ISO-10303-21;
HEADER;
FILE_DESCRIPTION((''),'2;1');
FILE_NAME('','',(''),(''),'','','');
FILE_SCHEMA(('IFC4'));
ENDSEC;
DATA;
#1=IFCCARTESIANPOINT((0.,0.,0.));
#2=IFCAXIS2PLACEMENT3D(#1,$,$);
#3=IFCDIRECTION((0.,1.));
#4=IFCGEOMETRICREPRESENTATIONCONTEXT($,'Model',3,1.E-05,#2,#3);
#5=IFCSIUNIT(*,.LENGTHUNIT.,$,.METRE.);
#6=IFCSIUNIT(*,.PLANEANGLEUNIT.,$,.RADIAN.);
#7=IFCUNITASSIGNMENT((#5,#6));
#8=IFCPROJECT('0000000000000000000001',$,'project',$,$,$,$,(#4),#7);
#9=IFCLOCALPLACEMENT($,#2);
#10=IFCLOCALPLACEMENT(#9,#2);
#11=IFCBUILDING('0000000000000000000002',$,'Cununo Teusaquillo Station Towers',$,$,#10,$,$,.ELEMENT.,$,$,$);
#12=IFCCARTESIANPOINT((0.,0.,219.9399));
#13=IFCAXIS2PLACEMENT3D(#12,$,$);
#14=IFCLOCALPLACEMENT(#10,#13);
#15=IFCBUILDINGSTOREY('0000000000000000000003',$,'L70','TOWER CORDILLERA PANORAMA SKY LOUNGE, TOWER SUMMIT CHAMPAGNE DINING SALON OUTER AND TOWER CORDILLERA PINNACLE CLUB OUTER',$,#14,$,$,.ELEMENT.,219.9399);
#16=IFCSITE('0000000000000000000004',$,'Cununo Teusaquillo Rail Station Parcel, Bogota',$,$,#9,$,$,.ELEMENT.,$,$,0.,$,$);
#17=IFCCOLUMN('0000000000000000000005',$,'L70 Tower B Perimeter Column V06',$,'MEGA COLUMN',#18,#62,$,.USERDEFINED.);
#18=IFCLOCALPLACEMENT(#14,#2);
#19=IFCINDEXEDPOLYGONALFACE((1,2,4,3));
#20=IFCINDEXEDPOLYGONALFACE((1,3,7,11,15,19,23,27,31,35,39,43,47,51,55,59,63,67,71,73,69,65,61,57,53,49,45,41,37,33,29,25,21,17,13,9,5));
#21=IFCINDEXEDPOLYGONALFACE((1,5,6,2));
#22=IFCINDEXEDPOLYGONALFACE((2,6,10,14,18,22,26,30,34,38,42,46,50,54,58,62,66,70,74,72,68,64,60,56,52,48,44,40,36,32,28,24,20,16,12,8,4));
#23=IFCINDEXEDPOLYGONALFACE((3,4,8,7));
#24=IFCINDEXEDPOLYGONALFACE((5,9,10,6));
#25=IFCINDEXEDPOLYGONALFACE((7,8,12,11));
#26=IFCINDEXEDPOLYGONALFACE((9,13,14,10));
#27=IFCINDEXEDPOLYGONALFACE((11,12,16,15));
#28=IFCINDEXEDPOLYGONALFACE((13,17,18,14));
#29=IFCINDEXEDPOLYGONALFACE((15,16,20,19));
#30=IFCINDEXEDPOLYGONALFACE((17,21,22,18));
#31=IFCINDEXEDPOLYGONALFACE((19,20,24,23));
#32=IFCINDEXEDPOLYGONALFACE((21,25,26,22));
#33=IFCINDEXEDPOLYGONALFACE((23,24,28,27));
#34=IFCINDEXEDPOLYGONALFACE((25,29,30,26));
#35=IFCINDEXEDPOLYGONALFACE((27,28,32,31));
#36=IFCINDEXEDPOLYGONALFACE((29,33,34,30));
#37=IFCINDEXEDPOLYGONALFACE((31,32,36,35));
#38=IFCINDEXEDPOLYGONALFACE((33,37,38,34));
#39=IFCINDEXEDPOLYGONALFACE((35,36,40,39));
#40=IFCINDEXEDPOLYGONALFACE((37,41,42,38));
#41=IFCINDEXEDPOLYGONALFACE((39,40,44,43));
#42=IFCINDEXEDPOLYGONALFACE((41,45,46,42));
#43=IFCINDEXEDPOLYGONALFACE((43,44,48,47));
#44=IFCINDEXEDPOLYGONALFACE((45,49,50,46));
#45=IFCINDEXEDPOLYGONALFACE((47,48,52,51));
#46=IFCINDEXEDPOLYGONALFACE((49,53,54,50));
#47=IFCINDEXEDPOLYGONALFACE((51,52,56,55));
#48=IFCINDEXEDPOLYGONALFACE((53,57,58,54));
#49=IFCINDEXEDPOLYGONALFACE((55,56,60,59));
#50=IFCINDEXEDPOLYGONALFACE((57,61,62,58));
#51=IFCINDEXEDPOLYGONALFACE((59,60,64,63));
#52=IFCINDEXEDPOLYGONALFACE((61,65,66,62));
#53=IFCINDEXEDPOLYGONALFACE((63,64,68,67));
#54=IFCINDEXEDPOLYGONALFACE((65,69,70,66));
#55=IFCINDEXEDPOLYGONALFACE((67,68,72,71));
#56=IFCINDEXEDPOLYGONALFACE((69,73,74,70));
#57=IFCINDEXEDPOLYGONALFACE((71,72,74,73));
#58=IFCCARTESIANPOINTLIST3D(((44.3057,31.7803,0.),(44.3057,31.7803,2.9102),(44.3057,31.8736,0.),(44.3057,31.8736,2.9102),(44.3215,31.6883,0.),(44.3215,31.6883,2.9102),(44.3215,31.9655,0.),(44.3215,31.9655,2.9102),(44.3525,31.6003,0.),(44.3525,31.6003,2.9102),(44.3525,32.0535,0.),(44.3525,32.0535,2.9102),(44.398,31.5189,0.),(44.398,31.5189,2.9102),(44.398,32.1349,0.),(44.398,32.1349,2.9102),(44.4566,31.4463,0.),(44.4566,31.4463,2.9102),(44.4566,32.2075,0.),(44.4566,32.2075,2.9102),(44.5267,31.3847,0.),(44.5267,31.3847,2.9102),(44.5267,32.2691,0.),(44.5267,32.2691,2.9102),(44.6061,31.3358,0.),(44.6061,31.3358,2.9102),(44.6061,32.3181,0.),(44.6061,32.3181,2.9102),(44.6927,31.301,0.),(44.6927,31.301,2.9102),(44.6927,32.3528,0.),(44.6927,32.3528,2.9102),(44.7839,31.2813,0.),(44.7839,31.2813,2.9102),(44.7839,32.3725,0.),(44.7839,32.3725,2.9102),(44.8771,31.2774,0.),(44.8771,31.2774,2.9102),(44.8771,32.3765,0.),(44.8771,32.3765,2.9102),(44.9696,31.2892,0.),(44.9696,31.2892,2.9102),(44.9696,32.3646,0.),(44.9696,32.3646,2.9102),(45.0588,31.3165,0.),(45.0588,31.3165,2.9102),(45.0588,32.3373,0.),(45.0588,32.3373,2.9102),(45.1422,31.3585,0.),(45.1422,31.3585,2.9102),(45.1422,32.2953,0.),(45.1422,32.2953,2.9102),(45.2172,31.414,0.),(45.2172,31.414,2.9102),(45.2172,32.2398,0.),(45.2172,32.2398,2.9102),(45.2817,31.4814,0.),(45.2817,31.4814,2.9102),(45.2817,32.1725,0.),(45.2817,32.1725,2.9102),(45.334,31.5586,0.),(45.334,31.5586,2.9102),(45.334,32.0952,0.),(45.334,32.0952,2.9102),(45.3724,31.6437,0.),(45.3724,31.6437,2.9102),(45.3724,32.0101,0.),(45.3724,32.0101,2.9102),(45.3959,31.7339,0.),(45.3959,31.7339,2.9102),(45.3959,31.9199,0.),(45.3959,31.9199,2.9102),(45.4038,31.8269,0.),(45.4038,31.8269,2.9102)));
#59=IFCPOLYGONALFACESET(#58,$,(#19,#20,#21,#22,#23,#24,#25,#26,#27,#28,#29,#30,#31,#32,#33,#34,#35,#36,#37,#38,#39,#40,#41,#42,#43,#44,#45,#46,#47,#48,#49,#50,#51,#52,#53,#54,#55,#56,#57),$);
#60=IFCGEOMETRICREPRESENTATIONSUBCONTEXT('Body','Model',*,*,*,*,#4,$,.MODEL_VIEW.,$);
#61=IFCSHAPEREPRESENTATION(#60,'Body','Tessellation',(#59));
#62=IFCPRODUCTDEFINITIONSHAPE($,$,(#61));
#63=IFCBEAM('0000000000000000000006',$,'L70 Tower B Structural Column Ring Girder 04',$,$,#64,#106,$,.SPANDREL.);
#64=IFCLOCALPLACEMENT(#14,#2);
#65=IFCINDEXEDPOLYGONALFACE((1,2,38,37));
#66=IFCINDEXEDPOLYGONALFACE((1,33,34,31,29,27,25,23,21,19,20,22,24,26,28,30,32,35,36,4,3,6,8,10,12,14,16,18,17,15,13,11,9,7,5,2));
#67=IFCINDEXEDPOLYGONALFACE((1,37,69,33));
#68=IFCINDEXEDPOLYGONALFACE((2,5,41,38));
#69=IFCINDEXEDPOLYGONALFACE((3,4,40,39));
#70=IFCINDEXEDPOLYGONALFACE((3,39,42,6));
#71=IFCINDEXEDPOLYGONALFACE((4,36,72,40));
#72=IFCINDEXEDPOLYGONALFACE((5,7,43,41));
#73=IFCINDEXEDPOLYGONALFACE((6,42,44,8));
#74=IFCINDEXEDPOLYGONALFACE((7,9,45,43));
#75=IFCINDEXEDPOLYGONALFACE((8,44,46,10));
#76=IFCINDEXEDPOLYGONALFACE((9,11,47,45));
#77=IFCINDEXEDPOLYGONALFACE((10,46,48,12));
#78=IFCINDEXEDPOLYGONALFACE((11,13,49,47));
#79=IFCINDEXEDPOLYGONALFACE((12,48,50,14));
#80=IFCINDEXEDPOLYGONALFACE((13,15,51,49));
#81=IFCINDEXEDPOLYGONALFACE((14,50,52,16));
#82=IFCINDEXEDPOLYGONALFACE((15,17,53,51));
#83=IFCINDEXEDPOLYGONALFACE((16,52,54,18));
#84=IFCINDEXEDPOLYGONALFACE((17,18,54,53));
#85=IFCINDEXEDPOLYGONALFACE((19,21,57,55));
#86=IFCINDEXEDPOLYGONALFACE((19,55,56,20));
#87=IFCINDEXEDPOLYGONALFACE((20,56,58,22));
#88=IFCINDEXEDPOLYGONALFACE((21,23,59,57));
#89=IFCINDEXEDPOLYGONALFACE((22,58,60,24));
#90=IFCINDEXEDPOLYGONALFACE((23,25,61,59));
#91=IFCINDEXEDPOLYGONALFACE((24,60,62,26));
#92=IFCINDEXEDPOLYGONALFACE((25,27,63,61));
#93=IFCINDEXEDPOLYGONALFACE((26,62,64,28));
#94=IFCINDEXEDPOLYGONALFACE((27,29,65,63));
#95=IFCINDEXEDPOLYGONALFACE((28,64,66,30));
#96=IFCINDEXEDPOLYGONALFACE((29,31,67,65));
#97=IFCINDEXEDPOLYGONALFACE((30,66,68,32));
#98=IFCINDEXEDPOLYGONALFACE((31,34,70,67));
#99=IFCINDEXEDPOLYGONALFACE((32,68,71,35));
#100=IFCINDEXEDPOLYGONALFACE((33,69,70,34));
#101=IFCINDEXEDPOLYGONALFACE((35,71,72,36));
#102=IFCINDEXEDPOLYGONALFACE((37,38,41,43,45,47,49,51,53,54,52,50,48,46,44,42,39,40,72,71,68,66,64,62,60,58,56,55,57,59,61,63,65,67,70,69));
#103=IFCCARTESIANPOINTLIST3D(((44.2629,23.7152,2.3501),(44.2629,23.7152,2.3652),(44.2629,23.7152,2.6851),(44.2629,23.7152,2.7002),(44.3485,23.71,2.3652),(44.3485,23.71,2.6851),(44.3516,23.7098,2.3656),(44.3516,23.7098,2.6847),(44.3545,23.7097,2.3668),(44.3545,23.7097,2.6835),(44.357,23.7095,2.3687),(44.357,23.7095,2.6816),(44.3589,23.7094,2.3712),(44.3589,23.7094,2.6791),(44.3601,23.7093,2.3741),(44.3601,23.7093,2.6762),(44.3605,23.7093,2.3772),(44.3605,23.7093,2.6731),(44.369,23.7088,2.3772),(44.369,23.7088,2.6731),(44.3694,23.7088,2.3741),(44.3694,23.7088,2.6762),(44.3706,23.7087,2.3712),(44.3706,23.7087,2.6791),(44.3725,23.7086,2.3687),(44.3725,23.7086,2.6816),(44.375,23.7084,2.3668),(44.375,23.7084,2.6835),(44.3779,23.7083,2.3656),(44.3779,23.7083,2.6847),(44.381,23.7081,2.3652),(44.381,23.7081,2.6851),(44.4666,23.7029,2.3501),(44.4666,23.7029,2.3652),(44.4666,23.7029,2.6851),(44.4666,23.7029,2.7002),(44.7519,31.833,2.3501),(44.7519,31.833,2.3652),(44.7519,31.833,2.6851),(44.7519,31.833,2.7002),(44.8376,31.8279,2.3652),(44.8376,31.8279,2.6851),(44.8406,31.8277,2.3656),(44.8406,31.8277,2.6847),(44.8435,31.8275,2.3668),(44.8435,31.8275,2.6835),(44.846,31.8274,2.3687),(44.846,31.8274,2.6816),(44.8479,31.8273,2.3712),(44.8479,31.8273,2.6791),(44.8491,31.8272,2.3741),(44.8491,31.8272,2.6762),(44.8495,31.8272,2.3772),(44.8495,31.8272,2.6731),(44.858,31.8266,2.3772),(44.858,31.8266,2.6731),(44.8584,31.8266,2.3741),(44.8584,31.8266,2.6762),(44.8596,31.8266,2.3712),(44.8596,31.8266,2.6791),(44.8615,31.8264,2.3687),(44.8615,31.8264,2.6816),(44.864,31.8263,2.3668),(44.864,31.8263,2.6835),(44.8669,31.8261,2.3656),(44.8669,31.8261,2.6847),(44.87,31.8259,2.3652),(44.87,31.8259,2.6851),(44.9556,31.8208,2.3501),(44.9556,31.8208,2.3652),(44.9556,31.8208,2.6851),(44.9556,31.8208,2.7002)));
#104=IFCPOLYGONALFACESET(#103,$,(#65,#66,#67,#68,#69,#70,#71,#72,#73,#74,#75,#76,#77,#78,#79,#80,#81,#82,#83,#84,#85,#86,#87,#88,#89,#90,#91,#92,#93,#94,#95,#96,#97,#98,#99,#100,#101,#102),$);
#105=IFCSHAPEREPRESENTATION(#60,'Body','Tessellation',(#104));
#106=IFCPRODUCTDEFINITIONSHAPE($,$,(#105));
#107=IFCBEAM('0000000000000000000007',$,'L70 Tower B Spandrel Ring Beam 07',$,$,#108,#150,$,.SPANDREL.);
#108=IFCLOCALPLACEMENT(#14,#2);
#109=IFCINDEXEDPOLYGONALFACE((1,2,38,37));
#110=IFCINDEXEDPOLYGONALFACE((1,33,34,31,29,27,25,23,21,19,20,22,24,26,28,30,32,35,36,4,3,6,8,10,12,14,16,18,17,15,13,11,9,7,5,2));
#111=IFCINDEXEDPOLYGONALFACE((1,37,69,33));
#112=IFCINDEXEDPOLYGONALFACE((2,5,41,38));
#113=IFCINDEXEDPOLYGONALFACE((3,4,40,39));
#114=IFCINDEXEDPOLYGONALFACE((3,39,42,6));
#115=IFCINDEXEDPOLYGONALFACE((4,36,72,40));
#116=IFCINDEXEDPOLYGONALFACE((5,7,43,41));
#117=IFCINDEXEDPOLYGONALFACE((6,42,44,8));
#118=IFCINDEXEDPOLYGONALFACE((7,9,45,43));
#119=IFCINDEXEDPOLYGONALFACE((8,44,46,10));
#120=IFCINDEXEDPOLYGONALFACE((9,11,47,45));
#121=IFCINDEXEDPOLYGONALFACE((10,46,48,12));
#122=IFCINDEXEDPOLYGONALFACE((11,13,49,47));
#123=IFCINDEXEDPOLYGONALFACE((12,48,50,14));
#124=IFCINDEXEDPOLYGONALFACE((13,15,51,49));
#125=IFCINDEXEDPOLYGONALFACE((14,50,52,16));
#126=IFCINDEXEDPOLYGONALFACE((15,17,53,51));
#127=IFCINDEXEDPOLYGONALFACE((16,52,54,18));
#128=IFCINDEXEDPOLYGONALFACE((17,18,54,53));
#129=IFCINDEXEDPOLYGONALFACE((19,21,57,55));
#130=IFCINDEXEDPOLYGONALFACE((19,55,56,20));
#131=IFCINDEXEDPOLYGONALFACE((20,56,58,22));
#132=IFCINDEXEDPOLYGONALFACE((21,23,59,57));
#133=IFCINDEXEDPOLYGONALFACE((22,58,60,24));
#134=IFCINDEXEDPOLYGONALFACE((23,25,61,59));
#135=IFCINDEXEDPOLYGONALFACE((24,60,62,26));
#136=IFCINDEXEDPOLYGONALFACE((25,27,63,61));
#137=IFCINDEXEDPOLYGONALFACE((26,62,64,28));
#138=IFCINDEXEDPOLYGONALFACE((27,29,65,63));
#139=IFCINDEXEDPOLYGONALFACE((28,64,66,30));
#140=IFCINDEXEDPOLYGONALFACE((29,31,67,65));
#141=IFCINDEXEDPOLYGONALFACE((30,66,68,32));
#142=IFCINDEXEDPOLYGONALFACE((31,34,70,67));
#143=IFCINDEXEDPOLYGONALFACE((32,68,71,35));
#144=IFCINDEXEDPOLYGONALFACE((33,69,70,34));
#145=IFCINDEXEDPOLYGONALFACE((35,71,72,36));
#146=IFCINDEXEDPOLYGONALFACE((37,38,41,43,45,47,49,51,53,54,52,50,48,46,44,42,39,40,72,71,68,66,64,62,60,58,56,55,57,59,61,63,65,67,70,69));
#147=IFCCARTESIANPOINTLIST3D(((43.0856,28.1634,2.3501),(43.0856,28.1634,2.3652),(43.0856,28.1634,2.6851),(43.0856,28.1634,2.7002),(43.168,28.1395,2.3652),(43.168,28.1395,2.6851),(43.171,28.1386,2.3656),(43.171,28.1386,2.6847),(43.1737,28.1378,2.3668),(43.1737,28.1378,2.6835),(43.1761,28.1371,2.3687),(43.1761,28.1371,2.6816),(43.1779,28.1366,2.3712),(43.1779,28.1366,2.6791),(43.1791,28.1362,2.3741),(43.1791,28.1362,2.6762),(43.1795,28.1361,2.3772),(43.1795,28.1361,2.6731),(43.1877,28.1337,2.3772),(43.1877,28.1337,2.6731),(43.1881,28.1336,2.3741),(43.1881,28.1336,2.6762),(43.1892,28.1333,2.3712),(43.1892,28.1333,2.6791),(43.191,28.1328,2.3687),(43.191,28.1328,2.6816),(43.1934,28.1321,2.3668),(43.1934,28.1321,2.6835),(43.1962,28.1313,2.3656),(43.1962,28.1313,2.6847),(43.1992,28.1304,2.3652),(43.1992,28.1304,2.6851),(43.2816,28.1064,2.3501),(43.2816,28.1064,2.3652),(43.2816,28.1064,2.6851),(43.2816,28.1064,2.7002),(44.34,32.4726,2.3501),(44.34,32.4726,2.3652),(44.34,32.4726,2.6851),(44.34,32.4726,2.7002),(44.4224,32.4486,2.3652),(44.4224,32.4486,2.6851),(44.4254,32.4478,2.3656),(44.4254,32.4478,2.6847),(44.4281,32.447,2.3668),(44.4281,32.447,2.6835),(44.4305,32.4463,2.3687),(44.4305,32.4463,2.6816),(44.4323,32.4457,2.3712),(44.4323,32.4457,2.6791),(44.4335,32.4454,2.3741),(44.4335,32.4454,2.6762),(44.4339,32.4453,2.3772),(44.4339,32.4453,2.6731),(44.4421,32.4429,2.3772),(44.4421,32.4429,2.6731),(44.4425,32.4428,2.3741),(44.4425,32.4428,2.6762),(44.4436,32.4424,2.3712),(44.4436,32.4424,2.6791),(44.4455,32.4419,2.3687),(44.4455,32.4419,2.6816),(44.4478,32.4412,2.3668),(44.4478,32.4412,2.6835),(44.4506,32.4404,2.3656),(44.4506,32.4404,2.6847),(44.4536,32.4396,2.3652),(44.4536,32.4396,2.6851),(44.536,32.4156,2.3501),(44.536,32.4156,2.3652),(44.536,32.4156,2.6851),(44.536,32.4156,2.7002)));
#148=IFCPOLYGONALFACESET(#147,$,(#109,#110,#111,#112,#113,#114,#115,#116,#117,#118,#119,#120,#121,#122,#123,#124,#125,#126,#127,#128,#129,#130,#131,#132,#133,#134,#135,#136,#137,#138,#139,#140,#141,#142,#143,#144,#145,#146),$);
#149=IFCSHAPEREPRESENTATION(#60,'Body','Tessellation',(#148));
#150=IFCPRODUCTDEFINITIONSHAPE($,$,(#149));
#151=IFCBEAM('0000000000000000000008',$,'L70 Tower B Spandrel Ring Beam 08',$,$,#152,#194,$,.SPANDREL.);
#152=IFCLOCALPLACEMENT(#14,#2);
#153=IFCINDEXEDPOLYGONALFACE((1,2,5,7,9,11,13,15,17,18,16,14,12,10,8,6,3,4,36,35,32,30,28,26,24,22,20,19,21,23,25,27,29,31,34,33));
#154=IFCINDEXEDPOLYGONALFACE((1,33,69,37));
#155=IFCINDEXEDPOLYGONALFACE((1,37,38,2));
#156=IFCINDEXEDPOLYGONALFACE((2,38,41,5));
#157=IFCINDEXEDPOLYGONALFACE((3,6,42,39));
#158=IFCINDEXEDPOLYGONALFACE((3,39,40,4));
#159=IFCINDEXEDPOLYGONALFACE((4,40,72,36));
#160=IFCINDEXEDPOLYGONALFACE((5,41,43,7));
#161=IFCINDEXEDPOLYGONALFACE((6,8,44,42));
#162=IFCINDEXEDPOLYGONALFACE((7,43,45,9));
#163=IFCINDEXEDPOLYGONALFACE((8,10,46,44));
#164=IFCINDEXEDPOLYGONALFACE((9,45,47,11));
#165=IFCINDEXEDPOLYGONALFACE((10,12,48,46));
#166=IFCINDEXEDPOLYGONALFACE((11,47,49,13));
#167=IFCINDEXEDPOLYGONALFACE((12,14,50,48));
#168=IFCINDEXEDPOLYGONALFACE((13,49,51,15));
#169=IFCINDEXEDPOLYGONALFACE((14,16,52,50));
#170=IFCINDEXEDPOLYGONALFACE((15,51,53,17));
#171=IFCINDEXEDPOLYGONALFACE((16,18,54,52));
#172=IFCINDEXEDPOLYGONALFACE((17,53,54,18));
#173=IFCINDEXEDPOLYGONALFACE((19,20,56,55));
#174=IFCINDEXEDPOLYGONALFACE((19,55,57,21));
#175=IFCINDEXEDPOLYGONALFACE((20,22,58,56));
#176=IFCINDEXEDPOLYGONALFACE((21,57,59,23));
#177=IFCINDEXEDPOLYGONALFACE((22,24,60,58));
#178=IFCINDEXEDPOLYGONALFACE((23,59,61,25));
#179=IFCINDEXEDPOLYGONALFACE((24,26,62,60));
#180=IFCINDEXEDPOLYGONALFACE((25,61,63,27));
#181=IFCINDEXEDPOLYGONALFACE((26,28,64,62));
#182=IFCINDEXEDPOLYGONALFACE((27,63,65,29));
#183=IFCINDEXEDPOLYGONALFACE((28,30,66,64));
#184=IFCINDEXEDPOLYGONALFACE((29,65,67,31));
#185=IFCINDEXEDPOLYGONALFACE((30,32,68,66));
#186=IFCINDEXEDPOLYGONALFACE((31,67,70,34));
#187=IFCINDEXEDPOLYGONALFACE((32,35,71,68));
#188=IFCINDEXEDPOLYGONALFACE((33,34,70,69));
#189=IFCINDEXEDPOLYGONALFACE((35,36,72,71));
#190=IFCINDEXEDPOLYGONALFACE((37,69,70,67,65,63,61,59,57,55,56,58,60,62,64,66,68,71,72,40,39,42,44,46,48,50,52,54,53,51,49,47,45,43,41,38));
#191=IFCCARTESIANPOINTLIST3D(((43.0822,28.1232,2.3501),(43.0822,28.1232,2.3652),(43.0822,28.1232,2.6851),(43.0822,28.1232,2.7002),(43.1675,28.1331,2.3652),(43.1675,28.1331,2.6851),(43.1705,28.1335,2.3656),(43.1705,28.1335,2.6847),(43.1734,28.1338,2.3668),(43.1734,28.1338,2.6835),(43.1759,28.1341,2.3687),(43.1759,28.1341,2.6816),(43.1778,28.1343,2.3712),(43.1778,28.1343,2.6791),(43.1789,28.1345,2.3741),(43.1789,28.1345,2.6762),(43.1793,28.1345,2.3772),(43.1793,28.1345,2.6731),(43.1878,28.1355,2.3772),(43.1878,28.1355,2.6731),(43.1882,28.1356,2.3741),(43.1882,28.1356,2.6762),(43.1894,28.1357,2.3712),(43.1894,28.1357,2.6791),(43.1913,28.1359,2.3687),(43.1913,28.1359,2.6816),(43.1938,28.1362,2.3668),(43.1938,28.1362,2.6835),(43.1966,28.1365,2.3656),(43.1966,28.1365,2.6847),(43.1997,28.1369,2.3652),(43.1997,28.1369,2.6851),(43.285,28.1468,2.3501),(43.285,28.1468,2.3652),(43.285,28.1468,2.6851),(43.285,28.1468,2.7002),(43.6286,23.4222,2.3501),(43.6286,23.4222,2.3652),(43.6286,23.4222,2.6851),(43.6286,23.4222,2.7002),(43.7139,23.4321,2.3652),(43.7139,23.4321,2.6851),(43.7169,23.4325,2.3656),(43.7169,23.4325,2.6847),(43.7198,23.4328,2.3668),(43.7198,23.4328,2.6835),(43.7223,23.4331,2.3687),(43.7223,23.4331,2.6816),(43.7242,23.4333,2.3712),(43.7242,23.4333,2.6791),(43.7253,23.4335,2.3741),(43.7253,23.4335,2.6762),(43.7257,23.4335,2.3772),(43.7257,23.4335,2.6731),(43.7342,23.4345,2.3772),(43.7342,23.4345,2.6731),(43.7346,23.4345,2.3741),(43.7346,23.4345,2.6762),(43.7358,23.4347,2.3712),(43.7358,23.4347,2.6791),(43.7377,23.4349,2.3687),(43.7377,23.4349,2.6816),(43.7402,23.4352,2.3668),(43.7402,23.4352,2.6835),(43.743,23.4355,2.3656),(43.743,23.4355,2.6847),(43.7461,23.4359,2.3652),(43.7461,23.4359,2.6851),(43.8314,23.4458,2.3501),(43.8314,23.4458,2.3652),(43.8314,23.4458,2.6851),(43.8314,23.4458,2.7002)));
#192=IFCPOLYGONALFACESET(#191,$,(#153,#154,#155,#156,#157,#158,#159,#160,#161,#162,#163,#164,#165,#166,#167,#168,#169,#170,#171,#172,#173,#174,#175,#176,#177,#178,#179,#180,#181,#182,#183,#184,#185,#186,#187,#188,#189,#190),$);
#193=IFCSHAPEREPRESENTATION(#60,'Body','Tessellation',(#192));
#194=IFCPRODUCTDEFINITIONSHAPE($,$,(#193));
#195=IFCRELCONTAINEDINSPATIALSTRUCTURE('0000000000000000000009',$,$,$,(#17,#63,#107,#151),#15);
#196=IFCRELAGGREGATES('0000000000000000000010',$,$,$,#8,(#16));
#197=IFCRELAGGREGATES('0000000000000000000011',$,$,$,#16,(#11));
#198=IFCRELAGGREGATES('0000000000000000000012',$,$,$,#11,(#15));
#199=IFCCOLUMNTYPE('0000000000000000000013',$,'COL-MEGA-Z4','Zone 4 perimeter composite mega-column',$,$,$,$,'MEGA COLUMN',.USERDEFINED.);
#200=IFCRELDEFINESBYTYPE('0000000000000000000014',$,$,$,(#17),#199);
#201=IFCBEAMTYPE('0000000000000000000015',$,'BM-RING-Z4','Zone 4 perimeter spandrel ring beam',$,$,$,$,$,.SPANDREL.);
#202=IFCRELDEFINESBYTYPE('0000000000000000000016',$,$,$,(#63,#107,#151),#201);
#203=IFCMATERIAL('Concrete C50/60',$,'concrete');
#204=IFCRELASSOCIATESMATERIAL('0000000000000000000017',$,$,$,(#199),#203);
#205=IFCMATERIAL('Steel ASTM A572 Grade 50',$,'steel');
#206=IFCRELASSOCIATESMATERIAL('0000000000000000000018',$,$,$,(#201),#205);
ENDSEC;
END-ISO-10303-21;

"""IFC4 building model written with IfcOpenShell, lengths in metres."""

from ifc_helpers import new_model, si_unit, direction, frame, origin, origin_2d, place, context, subcontext, project, spatial, circle, i_section, extrude, material, material_profile, profile_set, type_object, element, save


model = new_model("IFC4")

# Units and contexts
model_context = context("Model", 3, precision=1e-05, world=origin(), true_north=direction((0.0, 1.0)))
body_context = subcontext(model_context, "Body", "Model", "MODEL_VIEW")
ifc_project = project(units=[si_unit("LENGTHUNIT", "METRE"), si_unit("PLANEANGLEUNIT", "RADIAN")], contexts=[model_context])

# Site, building, storey
site_placement = place(None, origin())
site = spatial("IfcSite", under=ifc_project, at=site_placement, Name="Cununo Teusaquillo Rail Station Parcel, Bogota", CompositionType="ELEMENT", RefElevation=0.0)
building_placement = place(site_placement, origin())
building = spatial("IfcBuilding", under=site, at=building_placement, Name="Cununo Teusaquillo Station Towers", CompositionType="ELEMENT")
storey_placement = place(building_placement, frame((0.0, 0.0, 219.9399)))
storey = spatial("IfcBuildingStorey", under=building, at=storey_placement, Name="L70", Description="TOWER CORDILLERA PANORAMA SKY LOUNGE, TOWER SUMMIT CHAMPAGNE DINING SALON OUTER AND TOWER CORDILLERA PINNACLE CLUB OUTER", CompositionType="ELEMENT", Elevation=219.9399)

# Column
ifc_material_1 = material(Name="Concrete C50/60", Category="concrete")
ifc_material_profile_1 = material_profile(ifc_material_1, circle(Radius=0.55, at=origin_2d()), Name="RC-CIRC-1100")
ifc_profile_set_1 = profile_set([ifc_material_profile_1], Name="Concrete C50/60")
column_type = type_object("IfcColumnType", Name="COL-MEGA-Z4", Description="Zone 4 perimeter composite mega-column", ElementType="MEGA COLUMN", PredefinedType="USERDEFINED", material=ifc_profile_set_1)
column_placement = place(storey_placement, frame((44.8538, 31.8269, 0.0), z_axis=(0.0, 0.0, 1.0), x_axis=(1.0, 0.0, 0.0)))
element("IfcColumn", 1, at=column_placement, inside=storey, type_object=column_type, Name="L70 Tower B Perimeter Column V06", ObjectType="MEGA COLUMN", PredefinedType="USERDEFINED", context=body_context, shape_type="SweptSolid", body=[
    extrude(circle(Radius=0.55, at=origin_2d()), origin(), (0.0, 0.0, 1.0), 2.9102),
])

# Beams
ifc_material_2 = material(Name="Steel ASTM A572 Grade 50", Category="steel")
ifc_material_profile_2 = material_profile(ifc_material_2, i_section(OverallWidth=0.2041, OverallDepth=0.3501, WebThickness=0.0085, FlangeThickness=0.0151, FilletRadius=0.012, at=origin_2d()), Name="W14X48")
ifc_profile_set_2 = profile_set([ifc_material_profile_2], Name="Steel ASTM A572 Grade 50")
beam_type = type_object("IfcBeamType", Name="BM-RING-Z4", Description="Zone 4 perimeter spandrel ring beam", PredefinedType="SPANDREL", material=ifc_profile_set_2)
beam_1_placement = place(storey_placement, frame((44.8538, 31.8269, 2.5251), z_axis=(-0.06013, -0.998191, 0.0), x_axis=(0.998191, -0.06013, 0.0)))
element("IfcBeam", 2, at=beam_1_placement, inside=storey, type_object=beam_type, Name="L70 Tower B Structural Column Ring Girder 04", PredefinedType="SPANDREL", context=body_context, shape_type="SweptSolid", body=[
    extrude(i_section(OverallWidth=0.2041, OverallDepth=0.3501, WebThickness=0.0085, FlangeThickness=0.0151, FilletRadius=0.012, at=origin_2d()), origin(), (0.0, 0.0, 1.0), 8.1326),
])
beam_2_placement = place(storey_placement, frame((44.438, 32.4441, 2.5251), z_axis=(-0.279503, -0.960145, 0.0), x_axis=(0.960145, -0.279503, 0.0)))
element("IfcBeam", 3, at=beam_2_placement, inside=storey, type_object=beam_type, Name="L70 Tower B Spandrel Ring Beam 07", PredefinedType="SPANDREL", context=body_context, shape_type="SweptSolid", body=[
    extrude(i_section(OverallWidth=0.2041, OverallDepth=0.3501, WebThickness=0.0085, FlangeThickness=0.0151, FilletRadius=0.012, at=origin_2d()), origin(), (0.0, 0.0, 1.0), 4.488),
])
beam_3_placement = place(storey_placement, frame((43.1836, 28.135, 2.5251), z_axis=(0.115452, -0.993313, 0.0), x_axis=(0.993313, 0.115452, 0.0)))
element("IfcBeam", 4, at=beam_3_placement, inside=storey, type_object=beam_type, Name="L70 Tower B Spandrel Ring Beam 08", PredefinedType="SPANDREL", context=body_context, shape_type="SweptSolid", body=[
    extrude(i_section(OverallWidth=0.2041, OverallDepth=0.3501, WebThickness=0.0085, FlangeThickness=0.0151, FilletRadius=0.012, at=origin_2d()), origin(), (0.0, 0.0, 1.0), 4.7327),
])

save(model, "model.ifc")
